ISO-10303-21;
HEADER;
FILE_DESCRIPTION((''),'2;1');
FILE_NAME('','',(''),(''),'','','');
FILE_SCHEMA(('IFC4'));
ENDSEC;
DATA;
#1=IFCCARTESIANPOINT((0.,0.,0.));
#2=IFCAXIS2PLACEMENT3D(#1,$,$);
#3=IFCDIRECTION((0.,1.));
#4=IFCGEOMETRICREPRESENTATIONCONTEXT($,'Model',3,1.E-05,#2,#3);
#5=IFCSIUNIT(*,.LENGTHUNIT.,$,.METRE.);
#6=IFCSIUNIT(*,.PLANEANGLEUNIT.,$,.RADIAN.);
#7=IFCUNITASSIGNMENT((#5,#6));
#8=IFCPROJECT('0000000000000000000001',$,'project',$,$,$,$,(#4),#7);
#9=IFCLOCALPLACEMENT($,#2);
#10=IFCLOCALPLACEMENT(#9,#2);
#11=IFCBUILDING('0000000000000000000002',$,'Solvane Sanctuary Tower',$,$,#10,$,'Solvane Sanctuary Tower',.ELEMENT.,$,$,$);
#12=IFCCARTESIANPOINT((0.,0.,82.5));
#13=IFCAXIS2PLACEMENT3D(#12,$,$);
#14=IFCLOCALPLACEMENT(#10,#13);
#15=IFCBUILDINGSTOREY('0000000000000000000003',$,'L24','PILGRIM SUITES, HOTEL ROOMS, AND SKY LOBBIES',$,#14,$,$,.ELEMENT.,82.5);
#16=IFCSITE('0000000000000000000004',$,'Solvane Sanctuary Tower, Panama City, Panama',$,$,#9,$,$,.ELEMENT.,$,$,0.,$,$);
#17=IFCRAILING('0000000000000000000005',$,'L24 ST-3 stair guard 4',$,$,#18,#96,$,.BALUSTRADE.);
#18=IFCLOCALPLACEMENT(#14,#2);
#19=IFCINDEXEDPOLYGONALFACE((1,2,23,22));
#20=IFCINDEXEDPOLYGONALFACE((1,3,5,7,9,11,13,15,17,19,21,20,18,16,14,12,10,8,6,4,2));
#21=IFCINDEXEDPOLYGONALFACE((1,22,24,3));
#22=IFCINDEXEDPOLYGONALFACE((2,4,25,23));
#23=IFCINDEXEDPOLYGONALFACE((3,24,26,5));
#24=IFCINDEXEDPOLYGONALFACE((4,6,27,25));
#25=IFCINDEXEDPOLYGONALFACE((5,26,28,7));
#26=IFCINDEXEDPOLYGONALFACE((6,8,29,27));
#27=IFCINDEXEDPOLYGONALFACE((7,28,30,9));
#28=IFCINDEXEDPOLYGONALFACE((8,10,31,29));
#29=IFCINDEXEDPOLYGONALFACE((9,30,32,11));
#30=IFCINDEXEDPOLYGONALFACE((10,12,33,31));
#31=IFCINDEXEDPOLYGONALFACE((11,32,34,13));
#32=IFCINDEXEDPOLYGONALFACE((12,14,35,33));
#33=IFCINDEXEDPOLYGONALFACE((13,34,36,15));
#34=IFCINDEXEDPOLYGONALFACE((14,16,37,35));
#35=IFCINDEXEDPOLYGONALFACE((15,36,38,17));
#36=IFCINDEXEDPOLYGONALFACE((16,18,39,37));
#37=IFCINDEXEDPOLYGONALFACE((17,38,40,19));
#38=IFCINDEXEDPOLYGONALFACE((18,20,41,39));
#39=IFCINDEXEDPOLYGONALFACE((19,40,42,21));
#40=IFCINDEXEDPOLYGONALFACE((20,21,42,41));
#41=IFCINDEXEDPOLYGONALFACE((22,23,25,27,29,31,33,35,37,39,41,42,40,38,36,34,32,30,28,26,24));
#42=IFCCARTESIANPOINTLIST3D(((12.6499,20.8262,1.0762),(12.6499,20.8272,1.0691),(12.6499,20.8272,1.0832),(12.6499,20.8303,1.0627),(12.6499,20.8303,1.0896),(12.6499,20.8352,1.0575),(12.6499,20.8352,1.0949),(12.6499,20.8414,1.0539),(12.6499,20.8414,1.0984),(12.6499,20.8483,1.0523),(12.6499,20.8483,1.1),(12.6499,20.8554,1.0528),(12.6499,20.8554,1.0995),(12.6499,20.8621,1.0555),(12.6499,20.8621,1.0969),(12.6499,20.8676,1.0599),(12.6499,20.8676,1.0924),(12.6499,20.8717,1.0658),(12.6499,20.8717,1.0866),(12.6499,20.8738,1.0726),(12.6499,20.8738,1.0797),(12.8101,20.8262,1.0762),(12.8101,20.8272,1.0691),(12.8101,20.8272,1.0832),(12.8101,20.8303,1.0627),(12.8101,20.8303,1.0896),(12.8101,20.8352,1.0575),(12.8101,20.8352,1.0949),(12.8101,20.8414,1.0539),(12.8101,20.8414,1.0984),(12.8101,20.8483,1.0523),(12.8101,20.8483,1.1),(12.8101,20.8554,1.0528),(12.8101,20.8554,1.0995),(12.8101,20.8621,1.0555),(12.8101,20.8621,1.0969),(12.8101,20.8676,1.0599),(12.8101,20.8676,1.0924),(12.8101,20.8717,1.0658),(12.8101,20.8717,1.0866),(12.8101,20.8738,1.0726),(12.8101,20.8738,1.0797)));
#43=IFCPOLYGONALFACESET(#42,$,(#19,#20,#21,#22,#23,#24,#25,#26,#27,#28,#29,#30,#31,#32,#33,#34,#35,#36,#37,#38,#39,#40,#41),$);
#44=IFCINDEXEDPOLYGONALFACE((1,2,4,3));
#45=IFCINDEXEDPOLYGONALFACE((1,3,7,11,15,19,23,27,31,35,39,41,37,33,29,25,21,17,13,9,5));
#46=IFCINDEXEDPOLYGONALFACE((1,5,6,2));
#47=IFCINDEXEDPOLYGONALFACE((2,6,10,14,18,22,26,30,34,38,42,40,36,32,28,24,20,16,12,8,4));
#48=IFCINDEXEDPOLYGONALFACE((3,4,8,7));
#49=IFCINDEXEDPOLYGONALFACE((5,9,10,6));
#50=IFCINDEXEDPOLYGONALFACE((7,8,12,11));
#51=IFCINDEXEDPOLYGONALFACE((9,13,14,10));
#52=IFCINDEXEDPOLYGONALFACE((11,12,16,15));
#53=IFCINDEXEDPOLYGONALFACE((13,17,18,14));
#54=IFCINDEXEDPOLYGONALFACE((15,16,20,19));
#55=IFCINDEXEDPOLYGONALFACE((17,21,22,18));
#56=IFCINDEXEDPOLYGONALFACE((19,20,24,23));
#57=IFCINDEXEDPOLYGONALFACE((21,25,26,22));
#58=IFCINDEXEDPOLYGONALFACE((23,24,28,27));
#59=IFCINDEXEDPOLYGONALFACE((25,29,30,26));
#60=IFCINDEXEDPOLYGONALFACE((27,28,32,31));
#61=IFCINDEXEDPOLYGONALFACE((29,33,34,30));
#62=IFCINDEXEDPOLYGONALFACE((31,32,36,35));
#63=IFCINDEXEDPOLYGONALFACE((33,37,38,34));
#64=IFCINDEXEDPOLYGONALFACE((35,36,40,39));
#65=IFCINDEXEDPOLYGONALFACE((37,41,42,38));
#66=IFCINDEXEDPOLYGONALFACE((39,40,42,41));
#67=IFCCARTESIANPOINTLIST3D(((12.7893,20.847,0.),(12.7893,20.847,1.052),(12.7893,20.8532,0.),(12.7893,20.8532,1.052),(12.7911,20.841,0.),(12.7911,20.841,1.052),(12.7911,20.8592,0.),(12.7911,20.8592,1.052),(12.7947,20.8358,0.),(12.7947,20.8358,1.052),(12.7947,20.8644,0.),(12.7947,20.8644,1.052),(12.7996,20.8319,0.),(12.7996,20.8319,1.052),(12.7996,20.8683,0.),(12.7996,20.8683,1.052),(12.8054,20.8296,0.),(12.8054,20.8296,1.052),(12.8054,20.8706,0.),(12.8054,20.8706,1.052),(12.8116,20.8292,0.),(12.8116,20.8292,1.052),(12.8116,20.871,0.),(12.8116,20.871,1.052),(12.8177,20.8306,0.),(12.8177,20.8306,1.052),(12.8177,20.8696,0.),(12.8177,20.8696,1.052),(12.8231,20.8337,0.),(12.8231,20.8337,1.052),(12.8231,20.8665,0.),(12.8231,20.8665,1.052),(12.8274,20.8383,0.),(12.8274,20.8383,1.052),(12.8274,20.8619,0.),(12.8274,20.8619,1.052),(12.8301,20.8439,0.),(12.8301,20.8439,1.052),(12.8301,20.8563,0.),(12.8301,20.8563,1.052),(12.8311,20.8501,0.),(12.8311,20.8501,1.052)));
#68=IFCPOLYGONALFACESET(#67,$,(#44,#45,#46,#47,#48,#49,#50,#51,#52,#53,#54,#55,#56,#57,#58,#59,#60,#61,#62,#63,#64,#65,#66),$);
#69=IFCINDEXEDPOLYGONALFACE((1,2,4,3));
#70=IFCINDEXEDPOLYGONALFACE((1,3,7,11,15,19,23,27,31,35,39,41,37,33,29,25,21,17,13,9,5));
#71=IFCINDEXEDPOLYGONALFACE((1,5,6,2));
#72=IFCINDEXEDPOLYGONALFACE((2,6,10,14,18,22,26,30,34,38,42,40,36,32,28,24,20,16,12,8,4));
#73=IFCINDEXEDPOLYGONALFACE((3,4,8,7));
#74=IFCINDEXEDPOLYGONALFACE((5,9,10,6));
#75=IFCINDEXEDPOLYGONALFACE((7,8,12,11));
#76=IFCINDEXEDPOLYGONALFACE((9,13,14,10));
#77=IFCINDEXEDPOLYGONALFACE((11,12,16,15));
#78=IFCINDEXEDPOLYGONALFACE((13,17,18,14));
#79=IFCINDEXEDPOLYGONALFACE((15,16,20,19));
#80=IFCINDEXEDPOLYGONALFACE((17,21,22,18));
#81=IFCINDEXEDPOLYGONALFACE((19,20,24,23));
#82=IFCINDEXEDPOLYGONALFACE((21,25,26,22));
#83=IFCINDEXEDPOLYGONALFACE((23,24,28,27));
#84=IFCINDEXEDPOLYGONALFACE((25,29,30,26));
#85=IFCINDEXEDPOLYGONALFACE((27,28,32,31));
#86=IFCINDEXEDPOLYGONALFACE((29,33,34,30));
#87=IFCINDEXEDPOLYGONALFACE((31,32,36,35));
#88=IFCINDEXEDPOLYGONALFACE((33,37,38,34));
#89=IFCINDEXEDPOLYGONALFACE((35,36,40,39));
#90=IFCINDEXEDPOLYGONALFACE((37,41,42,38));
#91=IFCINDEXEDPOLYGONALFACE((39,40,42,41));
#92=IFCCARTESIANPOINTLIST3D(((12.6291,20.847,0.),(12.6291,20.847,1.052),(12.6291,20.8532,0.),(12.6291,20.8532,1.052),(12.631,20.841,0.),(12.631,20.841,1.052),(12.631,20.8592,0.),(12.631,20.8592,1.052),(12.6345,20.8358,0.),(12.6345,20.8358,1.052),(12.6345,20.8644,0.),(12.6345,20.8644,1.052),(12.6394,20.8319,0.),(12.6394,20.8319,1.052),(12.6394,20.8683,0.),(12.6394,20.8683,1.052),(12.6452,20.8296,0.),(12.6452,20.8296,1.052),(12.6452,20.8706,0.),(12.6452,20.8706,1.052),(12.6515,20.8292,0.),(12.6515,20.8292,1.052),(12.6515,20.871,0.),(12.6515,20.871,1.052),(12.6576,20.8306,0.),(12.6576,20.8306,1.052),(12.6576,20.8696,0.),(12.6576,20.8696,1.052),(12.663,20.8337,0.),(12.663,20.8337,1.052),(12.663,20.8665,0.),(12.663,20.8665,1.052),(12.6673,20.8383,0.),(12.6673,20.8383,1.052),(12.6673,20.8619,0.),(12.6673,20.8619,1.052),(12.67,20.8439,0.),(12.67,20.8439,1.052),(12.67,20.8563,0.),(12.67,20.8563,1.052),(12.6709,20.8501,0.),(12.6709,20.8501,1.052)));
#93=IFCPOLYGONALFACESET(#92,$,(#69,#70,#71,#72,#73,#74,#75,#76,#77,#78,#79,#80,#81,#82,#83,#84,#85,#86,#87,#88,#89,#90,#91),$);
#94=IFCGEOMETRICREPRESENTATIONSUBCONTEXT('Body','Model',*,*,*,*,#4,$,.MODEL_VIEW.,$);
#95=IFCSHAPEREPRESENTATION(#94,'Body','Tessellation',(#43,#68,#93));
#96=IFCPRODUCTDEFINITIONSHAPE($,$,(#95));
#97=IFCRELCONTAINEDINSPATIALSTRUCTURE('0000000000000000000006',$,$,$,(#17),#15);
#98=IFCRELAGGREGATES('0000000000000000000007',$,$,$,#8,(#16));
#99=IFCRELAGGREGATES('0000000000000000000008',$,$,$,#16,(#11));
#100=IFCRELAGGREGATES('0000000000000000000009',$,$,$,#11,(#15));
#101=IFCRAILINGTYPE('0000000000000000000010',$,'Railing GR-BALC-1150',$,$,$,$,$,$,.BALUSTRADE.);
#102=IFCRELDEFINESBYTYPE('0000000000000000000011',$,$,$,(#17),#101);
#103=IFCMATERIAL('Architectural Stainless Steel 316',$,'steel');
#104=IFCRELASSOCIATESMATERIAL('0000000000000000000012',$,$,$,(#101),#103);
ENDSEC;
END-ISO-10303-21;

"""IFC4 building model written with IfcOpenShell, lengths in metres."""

from ifc_helpers import new_model, si_unit, direction, frame, origin, origin_2d, place, context, subcontext, project, spatial, circle, extrude, material, type_object, element, save


model = new_model("IFC4")

# Units and contexts
model_context = context("Model", 3, precision=1e-05, world=origin(), true_north=direction((0.0, 1.0)))
body_context = subcontext(model_context, "Body", "Model", "MODEL_VIEW")
ifc_project = project(units=[si_unit("LENGTHUNIT", "METRE"), si_unit("PLANEANGLEUNIT", "RADIAN")], contexts=[model_context])

# Site, building, storey
site_placement = place(None, origin())
site = spatial("IfcSite", under=ifc_project, at=site_placement, Name="Solvane Sanctuary Tower, Panama City, Panama", CompositionType="ELEMENT", RefElevation=0.0)
building_placement = place(site_placement, origin())
building = spatial("IfcBuilding", under=site, at=building_placement, Name="Solvane Sanctuary Tower", LongName="Solvane Sanctuary Tower", CompositionType="ELEMENT")
storey_placement = place(building_placement, frame((0.0, 0.0, 82.5)))
storey = spatial("IfcBuildingStorey", under=building, at=storey_placement, Name="L24", Description="PILGRIM SUITES, HOTEL ROOMS, AND SKY LOBBIES", CompositionType="ELEMENT", Elevation=82.5)

# Shared definitions
ifc_material_1 = material(Name="Architectural Stainless Steel 316", Category="steel")

# Railing
railing_type_1 = type_object("IfcRailingType", Name="Railing GR-BALC-1150", PredefinedType="BALUSTRADE", material=ifc_material_1)
railing_1_placement = place(storey_placement, frame((12.8101, 20.8501, 0.0)))
element("IfcRailing", 1, at=railing_1_placement, inside=storey, type_object=railing_type_1, Name="L24 ST-3 stair guard 4", PredefinedType="BALUSTRADE", context=body_context, shape_type="SweptSolid", body=[
    extrude(circle(Radius=0.0239, at=origin_2d()), frame((0.0, 0.0, 1.0762), z_axis=(-1.0, 0.0, 0.0), x_axis=(0.0, -1.0, 0.0)), (0.0, 0.0, 1.0), 0.1602),
    extrude(circle(Radius=0.021, at=origin_2d()), origin(), (0.0, 0.0, 1.0), 1.052),
    extrude(circle(Radius=0.021, at=origin_2d()), frame((-0.1602, 0.0, 0.0)), (0.0, 0.0, 1.0), 1.052),
])

save(model, "model.ifc")
